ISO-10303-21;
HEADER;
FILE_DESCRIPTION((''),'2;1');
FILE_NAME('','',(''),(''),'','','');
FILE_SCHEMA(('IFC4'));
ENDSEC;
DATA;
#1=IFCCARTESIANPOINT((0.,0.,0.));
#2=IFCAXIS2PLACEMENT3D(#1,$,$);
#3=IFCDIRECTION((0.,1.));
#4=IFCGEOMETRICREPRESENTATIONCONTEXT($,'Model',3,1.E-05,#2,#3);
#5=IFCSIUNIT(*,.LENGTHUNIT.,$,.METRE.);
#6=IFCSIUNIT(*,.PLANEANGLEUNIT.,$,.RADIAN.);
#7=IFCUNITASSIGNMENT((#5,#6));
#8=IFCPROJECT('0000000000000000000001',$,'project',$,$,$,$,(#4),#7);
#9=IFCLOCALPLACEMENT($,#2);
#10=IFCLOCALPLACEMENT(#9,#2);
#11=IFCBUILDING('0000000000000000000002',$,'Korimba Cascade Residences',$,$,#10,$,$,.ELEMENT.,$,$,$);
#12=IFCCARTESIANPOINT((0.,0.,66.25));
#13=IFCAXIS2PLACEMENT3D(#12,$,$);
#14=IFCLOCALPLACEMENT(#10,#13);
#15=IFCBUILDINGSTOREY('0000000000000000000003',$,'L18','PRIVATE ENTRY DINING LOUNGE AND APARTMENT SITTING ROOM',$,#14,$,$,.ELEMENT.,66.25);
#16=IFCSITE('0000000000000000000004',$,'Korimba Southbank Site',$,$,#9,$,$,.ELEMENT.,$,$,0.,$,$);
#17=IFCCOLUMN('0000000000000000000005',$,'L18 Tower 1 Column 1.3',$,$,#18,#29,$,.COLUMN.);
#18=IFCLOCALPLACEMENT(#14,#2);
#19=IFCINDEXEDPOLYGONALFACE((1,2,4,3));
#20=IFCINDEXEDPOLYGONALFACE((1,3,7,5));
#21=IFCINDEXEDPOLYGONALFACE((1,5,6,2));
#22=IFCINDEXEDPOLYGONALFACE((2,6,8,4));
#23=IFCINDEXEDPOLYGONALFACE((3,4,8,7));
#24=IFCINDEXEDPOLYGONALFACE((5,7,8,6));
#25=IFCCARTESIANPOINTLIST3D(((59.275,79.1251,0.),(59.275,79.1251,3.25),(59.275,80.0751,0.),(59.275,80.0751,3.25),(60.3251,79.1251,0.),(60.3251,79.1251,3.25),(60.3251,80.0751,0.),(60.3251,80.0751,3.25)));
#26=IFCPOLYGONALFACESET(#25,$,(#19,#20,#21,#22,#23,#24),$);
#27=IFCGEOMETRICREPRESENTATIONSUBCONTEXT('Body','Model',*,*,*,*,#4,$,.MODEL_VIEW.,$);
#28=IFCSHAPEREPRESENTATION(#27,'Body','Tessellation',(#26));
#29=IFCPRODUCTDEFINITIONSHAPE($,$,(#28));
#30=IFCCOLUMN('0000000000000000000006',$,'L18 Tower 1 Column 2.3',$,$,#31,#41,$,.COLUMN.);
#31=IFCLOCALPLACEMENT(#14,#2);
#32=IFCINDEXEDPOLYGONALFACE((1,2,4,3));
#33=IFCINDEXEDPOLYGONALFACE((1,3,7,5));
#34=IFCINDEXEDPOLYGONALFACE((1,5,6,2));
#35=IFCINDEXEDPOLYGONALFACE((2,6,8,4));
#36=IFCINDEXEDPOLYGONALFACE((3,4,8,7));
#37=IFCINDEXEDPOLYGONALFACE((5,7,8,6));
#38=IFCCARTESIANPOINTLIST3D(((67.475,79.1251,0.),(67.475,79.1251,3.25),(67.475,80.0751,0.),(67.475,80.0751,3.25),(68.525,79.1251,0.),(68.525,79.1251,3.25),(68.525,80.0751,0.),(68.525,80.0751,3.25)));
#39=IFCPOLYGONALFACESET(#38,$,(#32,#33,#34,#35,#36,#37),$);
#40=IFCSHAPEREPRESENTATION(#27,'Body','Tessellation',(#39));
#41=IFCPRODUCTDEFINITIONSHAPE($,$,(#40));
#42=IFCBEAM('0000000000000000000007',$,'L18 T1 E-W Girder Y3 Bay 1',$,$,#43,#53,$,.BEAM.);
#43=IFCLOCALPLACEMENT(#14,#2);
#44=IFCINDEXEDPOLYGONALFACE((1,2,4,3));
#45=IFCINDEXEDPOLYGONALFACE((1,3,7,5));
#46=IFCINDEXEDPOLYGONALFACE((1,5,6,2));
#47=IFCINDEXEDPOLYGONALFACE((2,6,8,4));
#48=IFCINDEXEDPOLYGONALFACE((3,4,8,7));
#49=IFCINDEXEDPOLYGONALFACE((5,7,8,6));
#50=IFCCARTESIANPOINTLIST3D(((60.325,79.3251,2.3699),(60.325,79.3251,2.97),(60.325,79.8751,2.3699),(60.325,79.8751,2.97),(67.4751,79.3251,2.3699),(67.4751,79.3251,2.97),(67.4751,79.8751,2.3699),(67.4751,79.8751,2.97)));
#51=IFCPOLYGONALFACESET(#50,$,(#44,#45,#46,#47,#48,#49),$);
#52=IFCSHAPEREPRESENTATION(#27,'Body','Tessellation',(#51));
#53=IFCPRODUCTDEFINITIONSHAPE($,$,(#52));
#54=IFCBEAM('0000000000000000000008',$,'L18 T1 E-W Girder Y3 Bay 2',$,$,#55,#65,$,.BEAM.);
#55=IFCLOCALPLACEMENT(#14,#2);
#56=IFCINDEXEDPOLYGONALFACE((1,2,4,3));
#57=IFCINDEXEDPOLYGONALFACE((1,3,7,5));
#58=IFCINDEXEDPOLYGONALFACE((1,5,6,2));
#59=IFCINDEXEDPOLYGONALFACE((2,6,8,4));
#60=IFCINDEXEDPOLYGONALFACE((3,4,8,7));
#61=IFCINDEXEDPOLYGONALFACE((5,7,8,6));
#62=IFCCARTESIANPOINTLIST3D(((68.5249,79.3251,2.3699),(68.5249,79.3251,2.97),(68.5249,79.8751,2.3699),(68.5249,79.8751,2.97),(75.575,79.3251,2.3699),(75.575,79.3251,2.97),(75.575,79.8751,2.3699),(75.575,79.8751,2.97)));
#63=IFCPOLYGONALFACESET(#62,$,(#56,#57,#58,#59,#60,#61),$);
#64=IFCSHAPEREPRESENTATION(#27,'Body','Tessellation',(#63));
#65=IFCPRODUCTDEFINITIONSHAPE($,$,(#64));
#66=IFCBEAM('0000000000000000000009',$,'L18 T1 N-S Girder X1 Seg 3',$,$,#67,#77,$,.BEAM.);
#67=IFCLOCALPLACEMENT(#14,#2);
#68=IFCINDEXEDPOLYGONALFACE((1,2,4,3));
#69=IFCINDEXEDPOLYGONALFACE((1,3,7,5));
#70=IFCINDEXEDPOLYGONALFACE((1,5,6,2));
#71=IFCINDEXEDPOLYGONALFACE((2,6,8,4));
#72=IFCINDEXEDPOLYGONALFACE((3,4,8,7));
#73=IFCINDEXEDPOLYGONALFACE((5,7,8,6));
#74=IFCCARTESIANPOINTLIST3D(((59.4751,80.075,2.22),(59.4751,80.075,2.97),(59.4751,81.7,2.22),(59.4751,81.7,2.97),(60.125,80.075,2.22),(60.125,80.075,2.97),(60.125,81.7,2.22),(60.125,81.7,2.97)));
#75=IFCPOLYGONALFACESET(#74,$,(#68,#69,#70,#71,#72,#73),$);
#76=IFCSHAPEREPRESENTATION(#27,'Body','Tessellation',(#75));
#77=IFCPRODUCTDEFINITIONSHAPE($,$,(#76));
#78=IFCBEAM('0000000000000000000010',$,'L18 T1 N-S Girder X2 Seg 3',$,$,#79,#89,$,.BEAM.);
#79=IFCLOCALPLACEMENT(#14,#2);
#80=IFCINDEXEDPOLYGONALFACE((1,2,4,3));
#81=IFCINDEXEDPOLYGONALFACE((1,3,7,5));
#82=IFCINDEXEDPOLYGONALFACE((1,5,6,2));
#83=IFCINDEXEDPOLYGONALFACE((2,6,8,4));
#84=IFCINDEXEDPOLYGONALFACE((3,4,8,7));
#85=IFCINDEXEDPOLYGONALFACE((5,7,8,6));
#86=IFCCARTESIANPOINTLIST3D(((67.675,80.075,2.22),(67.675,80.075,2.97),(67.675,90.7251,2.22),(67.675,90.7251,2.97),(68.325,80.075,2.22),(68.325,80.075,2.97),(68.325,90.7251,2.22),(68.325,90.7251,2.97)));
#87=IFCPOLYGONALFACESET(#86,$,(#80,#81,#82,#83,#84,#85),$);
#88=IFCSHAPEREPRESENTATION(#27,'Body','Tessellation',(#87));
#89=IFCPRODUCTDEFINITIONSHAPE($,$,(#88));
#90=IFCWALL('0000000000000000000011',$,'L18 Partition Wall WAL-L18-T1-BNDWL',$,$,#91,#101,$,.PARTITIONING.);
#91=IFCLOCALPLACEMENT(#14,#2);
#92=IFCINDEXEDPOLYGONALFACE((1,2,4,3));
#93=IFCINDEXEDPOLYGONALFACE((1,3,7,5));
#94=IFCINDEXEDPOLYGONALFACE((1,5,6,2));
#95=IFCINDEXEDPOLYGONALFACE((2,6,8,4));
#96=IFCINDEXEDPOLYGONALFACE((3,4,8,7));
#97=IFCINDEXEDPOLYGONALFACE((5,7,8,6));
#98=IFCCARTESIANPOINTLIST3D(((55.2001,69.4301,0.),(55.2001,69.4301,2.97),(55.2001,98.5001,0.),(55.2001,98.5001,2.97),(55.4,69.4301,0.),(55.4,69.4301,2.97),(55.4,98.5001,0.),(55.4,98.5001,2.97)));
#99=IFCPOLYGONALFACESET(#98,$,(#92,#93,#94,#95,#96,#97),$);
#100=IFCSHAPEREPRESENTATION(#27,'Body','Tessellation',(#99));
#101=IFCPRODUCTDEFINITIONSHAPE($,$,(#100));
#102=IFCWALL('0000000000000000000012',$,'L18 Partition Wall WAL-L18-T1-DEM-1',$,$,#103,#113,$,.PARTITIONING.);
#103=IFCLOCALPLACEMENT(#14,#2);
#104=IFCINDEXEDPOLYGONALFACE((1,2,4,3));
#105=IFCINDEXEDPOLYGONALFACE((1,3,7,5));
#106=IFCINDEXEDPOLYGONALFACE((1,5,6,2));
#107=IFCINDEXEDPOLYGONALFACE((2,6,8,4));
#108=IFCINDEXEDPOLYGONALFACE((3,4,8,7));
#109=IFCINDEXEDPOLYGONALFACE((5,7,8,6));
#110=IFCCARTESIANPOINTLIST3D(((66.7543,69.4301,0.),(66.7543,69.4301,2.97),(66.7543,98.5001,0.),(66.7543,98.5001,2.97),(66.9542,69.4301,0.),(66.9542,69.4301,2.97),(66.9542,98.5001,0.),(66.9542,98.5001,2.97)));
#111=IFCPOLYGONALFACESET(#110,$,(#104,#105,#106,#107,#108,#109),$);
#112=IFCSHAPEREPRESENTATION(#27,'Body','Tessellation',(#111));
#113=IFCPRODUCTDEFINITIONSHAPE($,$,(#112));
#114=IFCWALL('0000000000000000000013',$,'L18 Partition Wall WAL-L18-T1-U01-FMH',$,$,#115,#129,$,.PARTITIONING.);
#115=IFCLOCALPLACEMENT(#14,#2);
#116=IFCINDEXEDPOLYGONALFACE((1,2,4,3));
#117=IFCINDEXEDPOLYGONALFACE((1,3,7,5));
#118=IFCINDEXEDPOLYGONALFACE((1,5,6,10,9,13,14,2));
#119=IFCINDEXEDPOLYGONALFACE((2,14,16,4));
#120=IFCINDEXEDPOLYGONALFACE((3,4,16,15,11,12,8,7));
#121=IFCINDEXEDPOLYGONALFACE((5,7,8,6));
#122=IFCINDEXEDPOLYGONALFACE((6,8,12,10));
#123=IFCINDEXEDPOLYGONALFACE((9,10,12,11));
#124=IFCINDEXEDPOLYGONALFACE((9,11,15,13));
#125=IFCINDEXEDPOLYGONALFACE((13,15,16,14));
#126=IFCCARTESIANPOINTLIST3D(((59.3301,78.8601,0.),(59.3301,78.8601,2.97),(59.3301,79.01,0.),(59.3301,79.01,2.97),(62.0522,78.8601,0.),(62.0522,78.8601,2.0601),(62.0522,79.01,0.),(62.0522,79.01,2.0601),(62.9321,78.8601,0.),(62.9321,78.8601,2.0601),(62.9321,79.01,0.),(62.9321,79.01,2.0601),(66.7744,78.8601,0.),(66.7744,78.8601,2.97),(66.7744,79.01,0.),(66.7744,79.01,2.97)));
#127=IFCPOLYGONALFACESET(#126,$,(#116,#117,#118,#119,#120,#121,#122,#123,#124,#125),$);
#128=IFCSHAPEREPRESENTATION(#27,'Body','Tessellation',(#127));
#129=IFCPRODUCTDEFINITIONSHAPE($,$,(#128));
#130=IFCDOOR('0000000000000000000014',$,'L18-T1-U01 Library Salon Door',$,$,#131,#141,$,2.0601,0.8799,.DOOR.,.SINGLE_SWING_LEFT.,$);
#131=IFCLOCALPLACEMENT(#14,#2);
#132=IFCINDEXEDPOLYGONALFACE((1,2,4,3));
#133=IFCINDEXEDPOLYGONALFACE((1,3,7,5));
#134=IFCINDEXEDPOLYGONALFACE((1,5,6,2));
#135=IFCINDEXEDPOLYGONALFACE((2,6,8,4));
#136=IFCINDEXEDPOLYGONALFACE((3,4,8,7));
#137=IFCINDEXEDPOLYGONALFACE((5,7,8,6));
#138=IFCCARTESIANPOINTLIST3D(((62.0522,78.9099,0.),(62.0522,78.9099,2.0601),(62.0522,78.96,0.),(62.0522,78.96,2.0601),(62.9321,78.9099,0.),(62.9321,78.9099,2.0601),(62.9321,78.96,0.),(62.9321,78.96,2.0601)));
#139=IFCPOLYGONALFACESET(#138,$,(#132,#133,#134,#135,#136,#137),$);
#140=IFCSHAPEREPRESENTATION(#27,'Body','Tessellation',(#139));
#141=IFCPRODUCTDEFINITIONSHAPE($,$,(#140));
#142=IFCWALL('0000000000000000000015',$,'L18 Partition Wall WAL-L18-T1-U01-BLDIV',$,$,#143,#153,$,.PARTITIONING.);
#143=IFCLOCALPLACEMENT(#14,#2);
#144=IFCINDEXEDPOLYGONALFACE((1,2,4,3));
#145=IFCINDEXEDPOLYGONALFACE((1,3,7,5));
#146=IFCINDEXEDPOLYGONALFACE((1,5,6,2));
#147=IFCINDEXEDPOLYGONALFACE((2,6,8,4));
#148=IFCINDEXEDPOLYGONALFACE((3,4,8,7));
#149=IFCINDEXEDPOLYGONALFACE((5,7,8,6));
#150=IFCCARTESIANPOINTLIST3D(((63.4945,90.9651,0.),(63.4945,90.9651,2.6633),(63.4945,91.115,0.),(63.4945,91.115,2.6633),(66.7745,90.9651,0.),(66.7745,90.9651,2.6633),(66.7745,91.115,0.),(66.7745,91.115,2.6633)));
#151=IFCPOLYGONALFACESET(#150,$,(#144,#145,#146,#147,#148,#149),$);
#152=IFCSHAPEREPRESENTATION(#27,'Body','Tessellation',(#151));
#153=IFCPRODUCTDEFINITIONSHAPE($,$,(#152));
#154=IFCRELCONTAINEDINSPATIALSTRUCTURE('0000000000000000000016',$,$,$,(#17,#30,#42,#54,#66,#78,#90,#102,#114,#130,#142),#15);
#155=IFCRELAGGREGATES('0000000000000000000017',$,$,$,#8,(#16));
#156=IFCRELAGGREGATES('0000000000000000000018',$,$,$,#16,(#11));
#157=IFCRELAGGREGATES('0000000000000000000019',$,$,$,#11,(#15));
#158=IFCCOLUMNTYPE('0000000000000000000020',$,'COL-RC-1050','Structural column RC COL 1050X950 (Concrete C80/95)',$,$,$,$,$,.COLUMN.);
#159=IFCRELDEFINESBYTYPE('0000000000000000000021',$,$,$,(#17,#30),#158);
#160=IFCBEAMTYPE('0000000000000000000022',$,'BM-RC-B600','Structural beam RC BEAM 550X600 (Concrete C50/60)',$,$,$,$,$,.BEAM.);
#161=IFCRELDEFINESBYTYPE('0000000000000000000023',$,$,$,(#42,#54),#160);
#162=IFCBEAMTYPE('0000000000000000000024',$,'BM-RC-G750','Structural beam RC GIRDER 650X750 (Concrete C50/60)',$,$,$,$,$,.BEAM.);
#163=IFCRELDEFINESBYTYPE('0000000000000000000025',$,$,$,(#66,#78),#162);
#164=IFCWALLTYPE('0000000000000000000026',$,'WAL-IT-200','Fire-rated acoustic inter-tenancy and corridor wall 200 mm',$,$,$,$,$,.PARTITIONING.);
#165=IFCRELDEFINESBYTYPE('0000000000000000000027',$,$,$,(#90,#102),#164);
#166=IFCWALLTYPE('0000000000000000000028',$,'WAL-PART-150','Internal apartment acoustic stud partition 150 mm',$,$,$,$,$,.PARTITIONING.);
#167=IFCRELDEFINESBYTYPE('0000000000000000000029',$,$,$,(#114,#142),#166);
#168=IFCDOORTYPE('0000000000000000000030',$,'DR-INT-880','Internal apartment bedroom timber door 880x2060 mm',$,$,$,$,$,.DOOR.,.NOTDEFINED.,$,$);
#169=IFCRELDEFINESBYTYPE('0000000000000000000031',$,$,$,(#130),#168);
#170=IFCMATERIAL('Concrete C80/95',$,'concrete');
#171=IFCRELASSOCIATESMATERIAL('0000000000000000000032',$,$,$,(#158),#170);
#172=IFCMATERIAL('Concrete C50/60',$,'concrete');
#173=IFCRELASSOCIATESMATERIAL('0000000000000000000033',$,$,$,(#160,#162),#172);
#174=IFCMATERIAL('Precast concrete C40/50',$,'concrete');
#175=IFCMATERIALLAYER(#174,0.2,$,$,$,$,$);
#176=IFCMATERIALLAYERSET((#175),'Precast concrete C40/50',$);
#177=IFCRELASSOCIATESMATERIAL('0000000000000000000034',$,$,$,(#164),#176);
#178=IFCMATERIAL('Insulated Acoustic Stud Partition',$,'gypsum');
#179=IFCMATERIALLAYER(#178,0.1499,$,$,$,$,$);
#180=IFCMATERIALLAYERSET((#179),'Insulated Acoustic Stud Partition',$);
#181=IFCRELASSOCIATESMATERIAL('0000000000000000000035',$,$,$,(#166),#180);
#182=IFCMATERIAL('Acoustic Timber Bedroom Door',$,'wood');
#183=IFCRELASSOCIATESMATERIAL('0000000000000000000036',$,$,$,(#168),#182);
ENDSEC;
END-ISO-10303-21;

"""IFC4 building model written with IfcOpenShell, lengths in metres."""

from ifc_helpers import new_model, si_unit, direction, frame, frame_2d, origin, origin_2d, place, context, subcontext, project, spatial, rectangle, extrude, material, layer, layer_set, material_profile, profile_set, type_object, element, fill, save


model = new_model("IFC4")

# Units and contexts
model_context = context("Model", 3, precision=1e-05, world=origin(), true_north=direction((0.0, 1.0)))
body_context = subcontext(model_context, "Body", "Model", "MODEL_VIEW")
ifc_project = project(units=[si_unit("LENGTHUNIT", "METRE"), si_unit("PLANEANGLEUNIT", "RADIAN")], contexts=[model_context])

# Site, building, storey
site_placement = place(None, origin())
site = spatial("IfcSite", under=ifc_project, at=site_placement, Name="Korimba Southbank Site", CompositionType="ELEMENT", RefElevation=0.0)
building_placement = place(site_placement, origin())
building = spatial("IfcBuilding", under=site, at=building_placement, Name="Korimba Cascade Residences", CompositionType="ELEMENT")
storey_placement = place(building_placement, frame((0.0, 0.0, 66.25)))
storey = spatial("IfcBuildingStorey", under=building, at=storey_placement, Name="L18", Description="PRIVATE ENTRY DINING LOUNGE AND APARTMENT SITTING ROOM", CompositionType="ELEMENT", Elevation=66.25)

# Columns
ifc_material_1 = material(Name="Concrete C80/95", Category="concrete")
ifc_material_profile_1 = material_profile(ifc_material_1, rectangle(XDim=1.05, YDim=0.95, at=origin_2d()), Name="Concrete C80/95")
ifc_profile_set_1 = profile_set([ifc_material_profile_1], Name="Concrete C80/95")
column_type = type_object("IfcColumnType", Name="COL-RC-1050", Description="Structural column RC COL 1050X950 (Concrete C80/95)", PredefinedType="COLUMN", material=ifc_profile_set_1)
for number, where, z_axis, x_axis, name in (
    (1, (59.8, 79.6001, 0.0), (0.0, 0.0, 1.0), (1.0, 0.0, 0.0), "L18 Tower 1 Column 1.3"),
    (2, (68.0, 79.6001, 0.0), (0.0, 0.0, 1.0), (1.0, 0.0, 0.0), "L18 Tower 1 Column 2.3"),
):
    element("IfcColumn", number, at=place(storey_placement, frame(where, z_axis=z_axis, x_axis=x_axis)), inside=storey, type_object=column_type, Name=name, PredefinedType="COLUMN", context=body_context, shape_type="SweptSolid", body=[
        extrude(rectangle(XDim=1.05, YDim=0.95, at=origin_2d()), origin(), (0.0, 0.0, 1.0), 3.25),
    ])

# Beams
ifc_material_2 = material(Name="Concrete C50/60", Category="concrete")
ifc_material_profile_2 = material_profile(ifc_material_2, rectangle(XDim=0.55, YDim=0.6001, at=origin_2d()), Name="Concrete C50/60")
ifc_profile_set_2 = profile_set([ifc_material_profile_2], Name="Concrete C50/60")
beam_type_1 = type_object("IfcBeamType", Name="BM-RC-B600", Description="Structural beam RC BEAM 550X600 (Concrete C50/60)", PredefinedType="BEAM", material=ifc_profile_set_2)
beam_1_placement = place(storey_placement, frame((60.325, 79.6001, 2.6699), z_axis=(1.0, 0.0, 0.0), x_axis=(0.0, 1.0, 0.0)))
element("IfcBeam", 3, at=beam_1_placement, inside=storey, type_object=beam_type_1, Name="L18 T1 E-W Girder Y3 Bay 1", PredefinedType="BEAM", context=body_context, shape_type="SweptSolid", body=[
    extrude(rectangle(XDim=0.55, YDim=0.6001, at=origin_2d()), origin(), (0.0, 0.0, 1.0), 7.1501),
])
beam_2_placement = place(storey_placement, frame((68.5249, 79.6001, 2.6699), z_axis=(1.0, 0.0, 0.0), x_axis=(0.0, 1.0, 0.0)))
element("IfcBeam", 4, at=beam_2_placement, inside=storey, type_object=beam_type_1, Name="L18 T1 E-W Girder Y3 Bay 2", PredefinedType="BEAM", context=body_context, shape_type="SweptSolid", body=[
    extrude(rectangle(XDim=0.55, YDim=0.6001, at=origin_2d()), origin(), (0.0, 0.0, 1.0), 7.05),
])
ifc_material_profile_3 = material_profile(ifc_material_2, rectangle(XDim=0.6499, YDim=0.75, at=origin_2d()), Name="Concrete C50/60")
ifc_profile_set_3 = profile_set([ifc_material_profile_3], Name="Concrete C50/60")
beam_type_2 = type_object("IfcBeamType", Name="BM-RC-G750", Description="Structural beam RC GIRDER 650X750 (Concrete C50/60)", PredefinedType="BEAM", material=ifc_profile_set_3)
beam_3_placement = place(storey_placement, frame((59.8, 80.075, 2.595), z_axis=(0.0, 1.0, 0.0), x_axis=(-1.0, 0.0, 0.0)))
element("IfcBeam", 5, at=beam_3_placement, inside=storey, type_object=beam_type_2, Name="L18 T1 N-S Girder X1 Seg 3", PredefinedType="BEAM", context=body_context, shape_type="SweptSolid", body=[
    extrude(rectangle(XDim=0.6499, YDim=0.75, at=origin_2d()), origin(), (0.0, 0.0, 1.0), 1.625),
])
beam_4_placement = place(storey_placement, frame((68.0, 80.075, 2.595), z_axis=(0.0, 1.0, 0.0), x_axis=(-1.0, 0.0, 0.0)))
element("IfcBeam", 6, at=beam_4_placement, inside=storey, type_object=beam_type_2, Name="L18 T1 N-S Girder X2 Seg 3", PredefinedType="BEAM", context=body_context, shape_type="SweptSolid", body=[
    extrude(rectangle(XDim=0.6499, YDim=0.75, at=origin_2d()), origin(), (0.0, 0.0, 1.0), 10.6501),
])

# Walls
ifc_material_3 = material(Name="Precast concrete C40/50", Category="concrete")
ifc_layer_1 = layer(ifc_material_3, 0.2)
ifc_layer_set_1 = layer_set([ifc_layer_1], Name="Precast concrete C40/50")
wall_type_1 = type_object("IfcWallType", Name="WAL-IT-200", Description="Fire-rated acoustic inter-tenancy and corridor wall 200 mm", PredefinedType="PARTITIONING", material=ifc_layer_set_1)
for number, where, z_axis, x_axis, name in (
    (7, (55.3, 69.4299, 0.0), (0.0, 0.0, 1.0), (0.0, 1.0, 0.0), "L18 Partition Wall WAL-L18-T1-BNDWL"),
    (8, (66.8542, 69.4299, 0.0), (0.0, 0.0, 1.0), (0.0, 1.0, 0.0), "L18 Partition Wall WAL-L18-T1-DEM-1"),
):
    element("IfcWall", number, at=place(storey_placement, frame(where, z_axis=z_axis, x_axis=x_axis)), inside=storey, type_object=wall_type_1, Name=name, PredefinedType="PARTITIONING", context=body_context, shape_type="SweptSolid", body=[
        extrude(rectangle(XDim=29.0701, YDim=0.2, at=frame_2d((14.5352, 0.0))), origin(), (0.0, 0.0, 1.0), 2.97),
    ])

# Wall, opening, door
ifc_material_4 = material(Name="Insulated Acoustic Stud Partition", Category="gypsum")
ifc_layer_2 = layer(ifc_material_4, 0.1499)
ifc_layer_set_2 = layer_set([ifc_layer_2], Name="Insulated Acoustic Stud Partition")
wall_type_2 = type_object("IfcWallType", Name="WAL-PART-150", Description="Internal apartment acoustic stud partition 150 mm", PredefinedType="PARTITIONING", material=ifc_layer_set_2)
wall_1_placement = place(storey_placement, frame((59.3301, 78.9351, 0.0), z_axis=(0.0, 0.0, 1.0), x_axis=(1.0, 0.0, 0.0)))
wall_1 = element("IfcWall", 9, at=wall_1_placement, inside=storey, type_object=wall_type_2, Name="L18 Partition Wall WAL-L18-T1-U01-FMH", PredefinedType="PARTITIONING", context=body_context, shape_type="SweptSolid", body=[
    extrude(rectangle(XDim=7.4443, YDim=0.1499, at=frame_2d((3.7222, 0.0))), origin(), (0.0, 0.0, 1.0), 2.97),
])
opening_1_placement = place(wall_1_placement, frame((2.7222, 0.0, 0.0)))
opening_1 = element("IfcOpeningElement", 10, at=opening_1_placement, cuts=wall_1, PredefinedType="OPENING", context=body_context, shape_type="SweptSolid", body=[
    extrude(rectangle(XDim=0.8799, YDim=2.0601, at=frame_2d((0.4399, 1.03))), frame((0.0, 0.085, 0.0), z_axis=(0.0, -1.0, 0.0), x_axis=(1.0, 0.0, 0.0)), (0.0, 0.0, 1.0), 0.1699),
])
ifc_material_5 = material(Name="Acoustic Timber Bedroom Door", Category="wood")
door_type_1 = type_object("IfcDoorType", Name="DR-INT-880", Description="Internal apartment bedroom timber door 880x2060 mm", OperationType="NOTDEFINED", PredefinedType="DOOR", material=ifc_material_5)
door_1_placement = place(opening_1_placement, origin())
door_1 = element("IfcDoor", 11, at=door_1_placement, inside=storey, type_object=door_type_1, Name="L18-T1-U01 Library Salon Door", OperationType="SINGLE_SWING_LEFT", OverallHeight=2.0601, OverallWidth=0.8799, PredefinedType="DOOR", context=body_context, shape_type="SweptSolid", body=[
    extrude(rectangle(XDim=0.8799, YDim=2.0601, at=frame_2d((0.4399, 1.03))), frame((0.0, 0.0249, 0.0), z_axis=(0.0, -1.0, 0.0), x_axis=(1.0, 0.0, 0.0)), (0.0, 0.0, 1.0), 0.05),
])
fill(opening_1, door_1)

# Wall
wall_2_placement = place(storey_placement, frame((63.4944, 91.04, 0.0), z_axis=(0.0, 0.0, 1.0), x_axis=(1.0, 0.0, 0.0)))
element("IfcWall", 12, at=wall_2_placement, inside=storey, type_object=wall_type_2, Name="L18 Partition Wall WAL-L18-T1-U01-BLDIV", PredefinedType="PARTITIONING", context=body_context, shape_type="SweptSolid", body=[
    extrude(rectangle(XDim=3.28, YDim=0.1499, at=frame_2d((1.6401, 0.0))), origin(), (0.0, 0.0, 1.0), 2.6633),
])

save(model, "model.ifc")
